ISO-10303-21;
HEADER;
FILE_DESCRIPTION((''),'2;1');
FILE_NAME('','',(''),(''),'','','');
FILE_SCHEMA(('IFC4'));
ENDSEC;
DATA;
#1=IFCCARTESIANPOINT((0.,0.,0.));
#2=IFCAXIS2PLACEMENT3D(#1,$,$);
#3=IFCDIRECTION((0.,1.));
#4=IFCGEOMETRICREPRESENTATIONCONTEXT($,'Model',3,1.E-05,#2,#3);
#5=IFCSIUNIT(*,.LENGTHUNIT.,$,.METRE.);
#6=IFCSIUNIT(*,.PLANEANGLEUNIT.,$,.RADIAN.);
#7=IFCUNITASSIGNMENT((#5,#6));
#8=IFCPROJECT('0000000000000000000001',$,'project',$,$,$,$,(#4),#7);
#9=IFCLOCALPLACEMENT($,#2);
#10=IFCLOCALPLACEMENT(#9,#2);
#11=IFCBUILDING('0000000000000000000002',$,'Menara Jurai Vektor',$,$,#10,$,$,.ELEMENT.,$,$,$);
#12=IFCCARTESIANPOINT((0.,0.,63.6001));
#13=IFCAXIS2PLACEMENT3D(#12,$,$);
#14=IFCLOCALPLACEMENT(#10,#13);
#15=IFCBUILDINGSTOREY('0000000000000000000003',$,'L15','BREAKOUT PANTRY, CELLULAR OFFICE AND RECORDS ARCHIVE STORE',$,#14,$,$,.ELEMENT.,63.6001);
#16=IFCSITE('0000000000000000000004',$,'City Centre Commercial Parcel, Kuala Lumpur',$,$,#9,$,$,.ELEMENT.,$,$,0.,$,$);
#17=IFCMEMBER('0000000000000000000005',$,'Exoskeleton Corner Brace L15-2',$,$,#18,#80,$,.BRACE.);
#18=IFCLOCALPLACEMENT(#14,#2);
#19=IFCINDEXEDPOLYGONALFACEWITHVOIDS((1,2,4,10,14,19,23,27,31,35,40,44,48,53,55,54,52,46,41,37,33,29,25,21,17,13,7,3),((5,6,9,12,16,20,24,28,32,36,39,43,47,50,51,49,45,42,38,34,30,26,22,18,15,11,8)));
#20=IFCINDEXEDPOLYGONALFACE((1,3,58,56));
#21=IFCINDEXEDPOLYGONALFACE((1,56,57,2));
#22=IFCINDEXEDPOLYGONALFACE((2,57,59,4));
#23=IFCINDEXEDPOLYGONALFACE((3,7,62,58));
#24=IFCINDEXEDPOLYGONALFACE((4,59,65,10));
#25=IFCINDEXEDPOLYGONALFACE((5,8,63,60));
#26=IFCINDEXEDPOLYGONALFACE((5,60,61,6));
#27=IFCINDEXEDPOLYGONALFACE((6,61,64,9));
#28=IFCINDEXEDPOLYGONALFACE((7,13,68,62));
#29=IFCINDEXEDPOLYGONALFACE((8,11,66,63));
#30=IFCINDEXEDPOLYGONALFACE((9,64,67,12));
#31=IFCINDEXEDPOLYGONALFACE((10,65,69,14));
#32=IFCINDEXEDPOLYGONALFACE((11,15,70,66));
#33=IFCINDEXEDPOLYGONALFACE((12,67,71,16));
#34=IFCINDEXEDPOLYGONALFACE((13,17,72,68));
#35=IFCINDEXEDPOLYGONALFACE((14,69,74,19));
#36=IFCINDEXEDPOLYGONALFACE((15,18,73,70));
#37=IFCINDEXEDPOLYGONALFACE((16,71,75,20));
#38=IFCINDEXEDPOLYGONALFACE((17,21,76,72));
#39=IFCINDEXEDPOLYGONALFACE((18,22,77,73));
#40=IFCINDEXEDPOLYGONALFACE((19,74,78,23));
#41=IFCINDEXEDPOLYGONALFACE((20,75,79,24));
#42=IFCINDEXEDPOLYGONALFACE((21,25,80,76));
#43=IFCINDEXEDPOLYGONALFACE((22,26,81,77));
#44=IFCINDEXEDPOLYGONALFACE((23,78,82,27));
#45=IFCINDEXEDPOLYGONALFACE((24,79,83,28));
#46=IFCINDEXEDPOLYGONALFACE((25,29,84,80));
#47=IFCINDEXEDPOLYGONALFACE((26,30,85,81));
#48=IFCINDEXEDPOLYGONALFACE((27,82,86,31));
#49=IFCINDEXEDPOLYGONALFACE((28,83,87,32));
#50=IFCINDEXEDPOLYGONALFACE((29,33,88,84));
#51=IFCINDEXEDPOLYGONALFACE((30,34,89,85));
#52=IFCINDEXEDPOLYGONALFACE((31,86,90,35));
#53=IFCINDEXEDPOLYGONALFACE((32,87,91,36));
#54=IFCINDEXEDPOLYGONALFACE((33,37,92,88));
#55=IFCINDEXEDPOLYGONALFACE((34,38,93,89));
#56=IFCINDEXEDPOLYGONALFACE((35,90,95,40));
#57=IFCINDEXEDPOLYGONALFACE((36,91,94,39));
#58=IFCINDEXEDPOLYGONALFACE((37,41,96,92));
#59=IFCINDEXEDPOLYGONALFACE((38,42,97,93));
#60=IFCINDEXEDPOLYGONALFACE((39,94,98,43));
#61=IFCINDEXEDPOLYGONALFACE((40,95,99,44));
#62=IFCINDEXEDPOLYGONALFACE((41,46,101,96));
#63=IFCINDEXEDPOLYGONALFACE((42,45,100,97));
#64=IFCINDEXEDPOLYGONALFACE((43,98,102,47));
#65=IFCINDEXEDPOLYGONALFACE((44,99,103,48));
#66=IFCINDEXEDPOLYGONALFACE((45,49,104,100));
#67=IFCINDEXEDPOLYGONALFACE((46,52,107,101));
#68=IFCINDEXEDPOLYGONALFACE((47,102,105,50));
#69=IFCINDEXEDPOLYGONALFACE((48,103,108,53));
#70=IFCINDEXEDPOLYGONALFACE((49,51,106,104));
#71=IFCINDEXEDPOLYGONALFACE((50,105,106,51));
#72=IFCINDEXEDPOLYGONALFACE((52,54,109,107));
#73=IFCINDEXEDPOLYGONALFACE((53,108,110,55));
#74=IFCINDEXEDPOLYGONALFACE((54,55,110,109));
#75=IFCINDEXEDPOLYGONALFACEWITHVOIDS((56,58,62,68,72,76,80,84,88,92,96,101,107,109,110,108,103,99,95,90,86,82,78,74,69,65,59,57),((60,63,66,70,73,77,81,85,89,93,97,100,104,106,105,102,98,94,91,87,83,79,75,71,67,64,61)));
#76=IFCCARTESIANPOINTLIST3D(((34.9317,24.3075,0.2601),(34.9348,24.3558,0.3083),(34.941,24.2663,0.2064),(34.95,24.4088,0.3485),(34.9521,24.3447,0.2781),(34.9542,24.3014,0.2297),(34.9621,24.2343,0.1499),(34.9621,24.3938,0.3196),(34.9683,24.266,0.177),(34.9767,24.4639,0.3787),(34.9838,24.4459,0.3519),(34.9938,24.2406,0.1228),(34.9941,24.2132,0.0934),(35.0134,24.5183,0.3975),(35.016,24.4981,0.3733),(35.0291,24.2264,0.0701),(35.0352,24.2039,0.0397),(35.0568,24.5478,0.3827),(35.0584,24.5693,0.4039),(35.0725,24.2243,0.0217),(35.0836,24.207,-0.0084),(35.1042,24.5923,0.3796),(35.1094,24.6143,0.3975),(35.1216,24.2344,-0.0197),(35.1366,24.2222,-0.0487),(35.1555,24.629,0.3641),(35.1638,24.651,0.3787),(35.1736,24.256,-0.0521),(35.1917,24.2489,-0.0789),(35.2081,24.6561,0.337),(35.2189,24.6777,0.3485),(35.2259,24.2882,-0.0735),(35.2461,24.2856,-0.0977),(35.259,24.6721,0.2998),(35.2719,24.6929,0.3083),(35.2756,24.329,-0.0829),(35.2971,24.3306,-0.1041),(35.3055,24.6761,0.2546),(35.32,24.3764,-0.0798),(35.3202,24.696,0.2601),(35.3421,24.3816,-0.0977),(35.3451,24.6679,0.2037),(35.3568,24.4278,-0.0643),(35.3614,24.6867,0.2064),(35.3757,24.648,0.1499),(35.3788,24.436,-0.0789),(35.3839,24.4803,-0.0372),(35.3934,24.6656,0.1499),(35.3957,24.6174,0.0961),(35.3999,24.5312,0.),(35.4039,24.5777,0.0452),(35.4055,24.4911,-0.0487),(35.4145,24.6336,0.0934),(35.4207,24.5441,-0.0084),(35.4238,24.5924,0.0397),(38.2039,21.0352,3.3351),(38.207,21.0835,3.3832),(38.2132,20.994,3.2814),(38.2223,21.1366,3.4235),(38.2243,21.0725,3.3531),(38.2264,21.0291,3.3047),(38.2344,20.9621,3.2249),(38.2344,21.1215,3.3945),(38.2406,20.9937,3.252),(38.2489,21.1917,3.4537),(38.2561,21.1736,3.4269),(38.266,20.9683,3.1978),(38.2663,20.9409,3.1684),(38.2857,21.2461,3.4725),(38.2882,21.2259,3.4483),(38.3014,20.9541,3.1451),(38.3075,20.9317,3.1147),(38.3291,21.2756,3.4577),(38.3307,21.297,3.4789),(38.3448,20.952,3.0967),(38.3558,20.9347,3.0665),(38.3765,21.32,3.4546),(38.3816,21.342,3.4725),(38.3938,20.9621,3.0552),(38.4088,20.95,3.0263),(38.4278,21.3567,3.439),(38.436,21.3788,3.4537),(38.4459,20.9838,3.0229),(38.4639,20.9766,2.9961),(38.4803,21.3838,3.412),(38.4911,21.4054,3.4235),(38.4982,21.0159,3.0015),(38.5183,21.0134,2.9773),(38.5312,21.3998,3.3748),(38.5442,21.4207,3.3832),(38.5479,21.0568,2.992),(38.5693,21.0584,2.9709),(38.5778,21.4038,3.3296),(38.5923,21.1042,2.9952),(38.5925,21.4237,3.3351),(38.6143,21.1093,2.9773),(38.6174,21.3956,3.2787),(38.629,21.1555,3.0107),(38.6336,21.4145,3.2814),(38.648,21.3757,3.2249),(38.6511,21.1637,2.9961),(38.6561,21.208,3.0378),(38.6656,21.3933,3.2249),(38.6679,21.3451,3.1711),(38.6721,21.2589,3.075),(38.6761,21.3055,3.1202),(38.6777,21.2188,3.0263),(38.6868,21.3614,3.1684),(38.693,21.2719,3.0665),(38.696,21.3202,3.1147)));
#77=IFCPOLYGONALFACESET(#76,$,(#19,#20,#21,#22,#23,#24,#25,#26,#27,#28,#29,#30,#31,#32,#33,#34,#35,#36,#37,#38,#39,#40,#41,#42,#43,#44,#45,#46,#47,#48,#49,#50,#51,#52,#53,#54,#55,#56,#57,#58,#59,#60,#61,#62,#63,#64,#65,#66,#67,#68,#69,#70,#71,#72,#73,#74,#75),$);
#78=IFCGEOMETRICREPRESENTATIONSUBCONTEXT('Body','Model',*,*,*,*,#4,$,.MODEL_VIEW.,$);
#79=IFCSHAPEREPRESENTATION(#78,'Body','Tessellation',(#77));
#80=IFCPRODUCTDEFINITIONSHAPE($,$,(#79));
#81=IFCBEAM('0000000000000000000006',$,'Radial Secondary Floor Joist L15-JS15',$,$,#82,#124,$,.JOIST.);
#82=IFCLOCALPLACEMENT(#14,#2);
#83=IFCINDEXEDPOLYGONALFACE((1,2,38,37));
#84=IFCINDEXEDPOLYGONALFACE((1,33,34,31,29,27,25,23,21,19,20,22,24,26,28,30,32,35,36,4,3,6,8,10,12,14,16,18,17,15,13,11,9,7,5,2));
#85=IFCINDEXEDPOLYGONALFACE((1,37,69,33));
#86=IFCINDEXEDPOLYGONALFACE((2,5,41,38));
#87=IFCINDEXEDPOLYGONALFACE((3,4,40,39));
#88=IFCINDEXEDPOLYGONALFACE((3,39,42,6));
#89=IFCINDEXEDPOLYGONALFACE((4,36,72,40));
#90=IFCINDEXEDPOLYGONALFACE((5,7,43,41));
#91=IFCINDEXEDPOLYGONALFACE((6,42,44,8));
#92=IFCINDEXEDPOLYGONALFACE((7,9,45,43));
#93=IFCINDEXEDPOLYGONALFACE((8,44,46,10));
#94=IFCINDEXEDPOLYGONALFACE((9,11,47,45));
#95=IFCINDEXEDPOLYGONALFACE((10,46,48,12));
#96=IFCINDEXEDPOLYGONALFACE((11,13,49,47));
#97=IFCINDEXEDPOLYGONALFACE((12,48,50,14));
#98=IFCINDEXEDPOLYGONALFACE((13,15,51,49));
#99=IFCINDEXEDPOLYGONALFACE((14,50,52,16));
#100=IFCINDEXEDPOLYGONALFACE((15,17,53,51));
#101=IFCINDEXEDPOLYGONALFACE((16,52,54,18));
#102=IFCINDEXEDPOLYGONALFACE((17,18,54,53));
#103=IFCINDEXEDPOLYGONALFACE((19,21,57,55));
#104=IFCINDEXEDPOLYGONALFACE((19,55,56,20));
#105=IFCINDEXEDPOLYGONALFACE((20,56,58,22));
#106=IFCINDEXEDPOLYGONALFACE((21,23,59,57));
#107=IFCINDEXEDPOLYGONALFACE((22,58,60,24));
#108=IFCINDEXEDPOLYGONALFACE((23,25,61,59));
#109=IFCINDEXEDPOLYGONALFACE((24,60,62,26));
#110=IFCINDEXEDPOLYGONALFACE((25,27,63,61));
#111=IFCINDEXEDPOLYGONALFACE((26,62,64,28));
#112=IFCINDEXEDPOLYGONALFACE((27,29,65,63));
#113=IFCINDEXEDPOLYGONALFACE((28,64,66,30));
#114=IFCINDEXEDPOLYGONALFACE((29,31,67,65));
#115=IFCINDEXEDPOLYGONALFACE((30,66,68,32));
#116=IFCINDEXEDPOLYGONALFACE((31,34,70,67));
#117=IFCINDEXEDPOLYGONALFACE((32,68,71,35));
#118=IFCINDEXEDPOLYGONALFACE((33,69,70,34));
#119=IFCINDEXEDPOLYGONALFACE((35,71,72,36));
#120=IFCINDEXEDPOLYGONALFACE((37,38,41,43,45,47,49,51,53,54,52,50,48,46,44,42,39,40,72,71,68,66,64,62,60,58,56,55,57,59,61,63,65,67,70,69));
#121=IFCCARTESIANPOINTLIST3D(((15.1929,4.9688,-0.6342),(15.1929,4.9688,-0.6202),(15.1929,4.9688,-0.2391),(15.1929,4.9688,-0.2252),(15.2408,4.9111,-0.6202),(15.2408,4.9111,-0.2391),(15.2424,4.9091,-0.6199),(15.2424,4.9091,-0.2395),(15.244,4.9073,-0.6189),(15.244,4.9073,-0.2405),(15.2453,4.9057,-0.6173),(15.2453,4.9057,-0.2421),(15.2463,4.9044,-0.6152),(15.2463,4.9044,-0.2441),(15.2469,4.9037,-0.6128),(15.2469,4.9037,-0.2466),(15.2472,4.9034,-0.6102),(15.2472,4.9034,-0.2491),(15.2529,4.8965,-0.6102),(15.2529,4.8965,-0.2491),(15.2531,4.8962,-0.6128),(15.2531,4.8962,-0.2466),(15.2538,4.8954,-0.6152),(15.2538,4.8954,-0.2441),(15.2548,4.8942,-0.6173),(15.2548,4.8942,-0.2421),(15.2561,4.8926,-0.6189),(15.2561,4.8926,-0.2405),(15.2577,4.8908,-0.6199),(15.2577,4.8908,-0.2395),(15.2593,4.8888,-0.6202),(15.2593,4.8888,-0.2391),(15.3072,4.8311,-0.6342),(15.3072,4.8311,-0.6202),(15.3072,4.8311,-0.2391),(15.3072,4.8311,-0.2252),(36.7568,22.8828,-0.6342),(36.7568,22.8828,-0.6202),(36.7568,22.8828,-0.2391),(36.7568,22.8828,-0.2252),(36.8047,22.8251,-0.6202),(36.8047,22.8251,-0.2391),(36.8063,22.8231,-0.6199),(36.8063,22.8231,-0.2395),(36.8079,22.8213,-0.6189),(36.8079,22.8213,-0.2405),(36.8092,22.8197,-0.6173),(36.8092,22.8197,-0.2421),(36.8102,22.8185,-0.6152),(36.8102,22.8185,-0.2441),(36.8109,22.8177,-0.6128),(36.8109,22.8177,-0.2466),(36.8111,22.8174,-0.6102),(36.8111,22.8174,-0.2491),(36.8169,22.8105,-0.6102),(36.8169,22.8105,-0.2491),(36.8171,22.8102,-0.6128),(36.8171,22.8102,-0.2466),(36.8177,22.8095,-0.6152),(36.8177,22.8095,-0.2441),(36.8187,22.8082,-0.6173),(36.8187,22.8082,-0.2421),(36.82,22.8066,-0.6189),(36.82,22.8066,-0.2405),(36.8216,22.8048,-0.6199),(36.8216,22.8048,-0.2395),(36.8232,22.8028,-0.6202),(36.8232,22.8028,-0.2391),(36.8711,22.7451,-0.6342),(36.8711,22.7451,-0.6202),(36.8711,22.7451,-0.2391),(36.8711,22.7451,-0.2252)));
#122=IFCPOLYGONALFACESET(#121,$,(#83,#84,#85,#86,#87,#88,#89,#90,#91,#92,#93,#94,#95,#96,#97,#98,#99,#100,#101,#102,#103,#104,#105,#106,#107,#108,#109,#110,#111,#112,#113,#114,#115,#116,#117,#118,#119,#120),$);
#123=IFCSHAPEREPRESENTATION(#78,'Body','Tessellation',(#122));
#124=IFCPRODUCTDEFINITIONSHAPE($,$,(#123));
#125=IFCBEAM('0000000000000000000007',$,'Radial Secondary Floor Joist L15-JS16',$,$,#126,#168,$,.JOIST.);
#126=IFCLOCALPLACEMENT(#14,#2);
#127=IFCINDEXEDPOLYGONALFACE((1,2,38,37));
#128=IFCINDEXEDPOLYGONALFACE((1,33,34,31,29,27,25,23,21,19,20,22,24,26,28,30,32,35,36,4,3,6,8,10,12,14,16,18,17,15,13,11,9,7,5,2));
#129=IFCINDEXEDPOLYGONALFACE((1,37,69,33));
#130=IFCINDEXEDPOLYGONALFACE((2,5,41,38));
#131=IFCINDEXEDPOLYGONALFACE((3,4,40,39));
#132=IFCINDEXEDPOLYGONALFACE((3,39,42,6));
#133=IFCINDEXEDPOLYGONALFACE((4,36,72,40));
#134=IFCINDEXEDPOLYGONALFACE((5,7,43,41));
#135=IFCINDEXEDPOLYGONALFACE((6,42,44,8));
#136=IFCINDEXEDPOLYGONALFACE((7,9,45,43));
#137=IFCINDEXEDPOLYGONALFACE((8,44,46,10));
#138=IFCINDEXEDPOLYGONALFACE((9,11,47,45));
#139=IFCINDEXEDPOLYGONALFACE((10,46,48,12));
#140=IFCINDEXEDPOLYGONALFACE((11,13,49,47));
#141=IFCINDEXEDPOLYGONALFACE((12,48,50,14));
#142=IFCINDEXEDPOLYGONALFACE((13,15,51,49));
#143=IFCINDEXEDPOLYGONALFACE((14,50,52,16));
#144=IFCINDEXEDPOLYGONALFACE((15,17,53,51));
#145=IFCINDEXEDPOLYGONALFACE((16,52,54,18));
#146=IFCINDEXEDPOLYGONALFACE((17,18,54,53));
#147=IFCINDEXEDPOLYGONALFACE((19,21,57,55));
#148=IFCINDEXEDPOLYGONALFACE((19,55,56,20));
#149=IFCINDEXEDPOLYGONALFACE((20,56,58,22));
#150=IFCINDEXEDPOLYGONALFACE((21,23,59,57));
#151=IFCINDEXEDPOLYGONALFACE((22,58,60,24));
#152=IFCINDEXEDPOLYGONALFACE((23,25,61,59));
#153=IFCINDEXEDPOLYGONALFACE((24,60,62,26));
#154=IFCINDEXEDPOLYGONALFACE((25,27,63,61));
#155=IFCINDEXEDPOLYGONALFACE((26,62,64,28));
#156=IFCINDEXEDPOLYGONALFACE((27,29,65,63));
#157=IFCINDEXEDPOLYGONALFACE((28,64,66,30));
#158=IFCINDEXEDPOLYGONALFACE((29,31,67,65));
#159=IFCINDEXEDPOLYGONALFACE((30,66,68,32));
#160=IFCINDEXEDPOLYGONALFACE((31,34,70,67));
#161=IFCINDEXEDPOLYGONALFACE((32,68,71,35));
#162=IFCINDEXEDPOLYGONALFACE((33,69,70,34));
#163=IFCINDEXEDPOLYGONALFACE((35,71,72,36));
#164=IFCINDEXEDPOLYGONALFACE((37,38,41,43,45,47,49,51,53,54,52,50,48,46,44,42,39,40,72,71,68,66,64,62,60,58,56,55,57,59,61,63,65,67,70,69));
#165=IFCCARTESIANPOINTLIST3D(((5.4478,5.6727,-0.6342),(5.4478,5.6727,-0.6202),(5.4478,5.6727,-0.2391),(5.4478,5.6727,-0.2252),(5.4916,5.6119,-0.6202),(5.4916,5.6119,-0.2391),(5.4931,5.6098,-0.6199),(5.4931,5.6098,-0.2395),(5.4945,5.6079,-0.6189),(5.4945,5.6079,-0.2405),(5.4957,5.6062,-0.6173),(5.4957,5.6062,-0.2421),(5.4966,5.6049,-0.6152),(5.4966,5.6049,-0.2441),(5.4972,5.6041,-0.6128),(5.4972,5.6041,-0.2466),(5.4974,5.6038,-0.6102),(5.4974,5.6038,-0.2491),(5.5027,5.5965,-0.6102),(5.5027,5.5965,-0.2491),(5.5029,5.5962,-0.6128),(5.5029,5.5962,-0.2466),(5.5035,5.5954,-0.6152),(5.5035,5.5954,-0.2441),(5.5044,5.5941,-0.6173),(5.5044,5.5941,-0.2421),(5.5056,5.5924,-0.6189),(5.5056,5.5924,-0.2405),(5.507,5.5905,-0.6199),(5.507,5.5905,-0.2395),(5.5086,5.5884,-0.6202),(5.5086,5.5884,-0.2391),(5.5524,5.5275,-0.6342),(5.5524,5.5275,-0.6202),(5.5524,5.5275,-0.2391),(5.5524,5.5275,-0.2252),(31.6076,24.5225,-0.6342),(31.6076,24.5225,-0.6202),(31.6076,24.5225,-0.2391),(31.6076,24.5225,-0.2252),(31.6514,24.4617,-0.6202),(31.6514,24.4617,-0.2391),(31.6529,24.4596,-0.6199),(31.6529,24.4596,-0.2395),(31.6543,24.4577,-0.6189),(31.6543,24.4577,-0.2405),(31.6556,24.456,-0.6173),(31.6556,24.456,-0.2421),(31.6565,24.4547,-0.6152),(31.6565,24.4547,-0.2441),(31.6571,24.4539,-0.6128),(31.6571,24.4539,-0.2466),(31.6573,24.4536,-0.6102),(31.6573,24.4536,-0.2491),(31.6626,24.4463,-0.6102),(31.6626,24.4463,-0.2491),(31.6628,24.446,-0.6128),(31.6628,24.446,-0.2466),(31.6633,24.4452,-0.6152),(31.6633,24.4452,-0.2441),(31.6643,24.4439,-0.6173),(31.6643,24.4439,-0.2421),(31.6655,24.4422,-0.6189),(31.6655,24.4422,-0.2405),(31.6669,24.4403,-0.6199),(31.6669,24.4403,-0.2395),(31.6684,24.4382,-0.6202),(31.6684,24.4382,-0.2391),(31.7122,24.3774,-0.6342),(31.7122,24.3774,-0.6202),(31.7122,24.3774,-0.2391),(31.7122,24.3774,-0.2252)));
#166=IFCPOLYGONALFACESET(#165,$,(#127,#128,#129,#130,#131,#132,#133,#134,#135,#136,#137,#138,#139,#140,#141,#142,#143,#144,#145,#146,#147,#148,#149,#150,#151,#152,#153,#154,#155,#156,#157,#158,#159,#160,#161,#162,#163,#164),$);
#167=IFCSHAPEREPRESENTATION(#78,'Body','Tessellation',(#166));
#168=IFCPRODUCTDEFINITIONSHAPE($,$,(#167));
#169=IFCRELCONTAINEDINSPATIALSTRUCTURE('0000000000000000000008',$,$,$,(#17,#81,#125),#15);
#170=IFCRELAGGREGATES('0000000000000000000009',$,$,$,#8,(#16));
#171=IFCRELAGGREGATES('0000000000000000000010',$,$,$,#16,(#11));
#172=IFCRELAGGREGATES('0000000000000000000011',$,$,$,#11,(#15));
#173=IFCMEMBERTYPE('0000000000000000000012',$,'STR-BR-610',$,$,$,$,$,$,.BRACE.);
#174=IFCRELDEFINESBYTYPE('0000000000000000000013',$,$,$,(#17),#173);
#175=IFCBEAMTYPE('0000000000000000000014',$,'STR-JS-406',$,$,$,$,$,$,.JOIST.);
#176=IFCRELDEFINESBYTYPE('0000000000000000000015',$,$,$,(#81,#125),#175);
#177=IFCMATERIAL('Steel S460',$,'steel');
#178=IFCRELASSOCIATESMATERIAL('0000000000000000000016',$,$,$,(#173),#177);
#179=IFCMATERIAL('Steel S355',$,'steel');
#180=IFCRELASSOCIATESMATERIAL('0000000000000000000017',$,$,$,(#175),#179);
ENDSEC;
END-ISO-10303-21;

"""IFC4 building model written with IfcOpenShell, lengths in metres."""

from ifc_helpers import new_model, si_unit, direction, frame, origin, origin_2d, place, context, subcontext, project, spatial, hollow_circle, i_section, extrude, material, material_profile, profile_set, type_object, element, save


model = new_model("IFC4")

# Units and contexts
model_context = context("Model", 3, precision=1e-05, world=origin(), true_north=direction((0.0, 1.0)))
body_context = subcontext(model_context, "Body", "Model", "MODEL_VIEW")
ifc_project = project(units=[si_unit("LENGTHUNIT", "METRE"), si_unit("PLANEANGLEUNIT", "RADIAN")], contexts=[model_context])

# Site, building, storey
site_placement = place(None, origin())
site = spatial("IfcSite", under=ifc_project, at=site_placement, Name="City Centre Commercial Parcel, Kuala Lumpur", CompositionType="ELEMENT", RefElevation=0.0)
building_placement = place(site_placement, origin())
building = spatial("IfcBuilding", under=site, at=building_placement, Name="Menara Jurai Vektor", CompositionType="ELEMENT")
storey_placement = place(building_placement, frame((0.0, 0.0, 63.6001)))
storey = spatial("IfcBuildingStorey", under=building, at=storey_placement, Name="L15", Description="BREAKOUT PANTRY, CELLULAR OFFICE AND RECORDS ARCHIVE STORE", CompositionType="ELEMENT", Elevation=63.6001)

# Shared definitions
ifc_material_1 = material(Name="Steel S460", Category="steel")

# Shared definitions
ifc_material_2 = material(Name="Steel S355", Category="steel")

# Member
ifc_material_profile_1 = material_profile(ifc_material_1, hollow_circle(Radius=0.3049, WallThickness=0.0249, at=origin_2d()), Name="CHS 610x25")
ifc_profile_set_1 = profile_set([ifc_material_profile_1], Name="Steel S460")
member_type_1 = type_object("IfcMemberType", Name="STR-BR-610", PredefinedType="BRACE", material=ifc_profile_set_1)
member_1_placement = place(storey_placement, frame((35.1777, 24.45, 0.1499), z_axis=(0.588942, -0.588942, 0.553438), x_axis=(0.707107, 0.707107, 0.0)))
element("IfcMember", 1, at=member_1_placement, inside=storey, type_object=member_type_1, Name="Exoskeleton Corner Brace L15-2", PredefinedType="BRACE", context=body_context, shape_type="SweptSolid", body=[
    extrude(hollow_circle(Radius=0.3049, WallThickness=0.0249, at=origin_2d()), origin(), (0.0, 0.0, 1.0), 5.5562),
])

# Beams
ifc_material_profile_2 = material_profile(ifc_material_2, i_section(OverallWidth=0.179, OverallDepth=0.4089, WebThickness=0.009, FlangeThickness=0.0139, FilletRadius=0.01, at=origin_2d()), Name="UKB 406x178x67")
ifc_profile_set_2 = profile_set([ifc_material_profile_2], Name="Steel S355")
beam_type_1 = type_object("IfcBeamType", Name="STR-JS-406", PredefinedType="JOIST", material=ifc_profile_set_2)
beam_1_placement = place(storey_placement, frame((36.814, 22.814, -0.4297), z_axis=(-0.769201, -0.639007, 0.0), x_axis=(0.639007, -0.769201, 0.0)))
element("IfcBeam", 2, at=beam_1_placement, inside=storey, type_object=beam_type_1, Name="Radial Secondary Floor Joist L15-JS15", PredefinedType="JOIST", context=body_context, shape_type="SweptSolid", body=[
    extrude(i_section(OverallWidth=0.179, OverallDepth=0.4089, WebThickness=0.009, FlangeThickness=0.0139, FilletRadius=0.01, at=origin_2d()), origin(), (0.0, 0.0, 1.0), 28.0342),
])
beam_2_placement = place(storey_placement, frame((31.6599, 24.45, -0.4297), z_axis=(-0.811318, -0.584605, 0.0), x_axis=(0.584605, -0.811318, 0.0)))
element("IfcBeam", 3, at=beam_2_placement, inside=storey, type_object=beam_type_1, Name="Radial Secondary Floor Joist L15-JS16", PredefinedType="JOIST", context=body_context, shape_type="SweptSolid", body=[
    extrude(i_section(OverallWidth=0.179, OverallDepth=0.4089, WebThickness=0.009, FlangeThickness=0.0139, FilletRadius=0.01, at=origin_2d()), origin(), (0.0, 0.0, 1.0), 32.2437),
])

save(model, "model.ifc")
